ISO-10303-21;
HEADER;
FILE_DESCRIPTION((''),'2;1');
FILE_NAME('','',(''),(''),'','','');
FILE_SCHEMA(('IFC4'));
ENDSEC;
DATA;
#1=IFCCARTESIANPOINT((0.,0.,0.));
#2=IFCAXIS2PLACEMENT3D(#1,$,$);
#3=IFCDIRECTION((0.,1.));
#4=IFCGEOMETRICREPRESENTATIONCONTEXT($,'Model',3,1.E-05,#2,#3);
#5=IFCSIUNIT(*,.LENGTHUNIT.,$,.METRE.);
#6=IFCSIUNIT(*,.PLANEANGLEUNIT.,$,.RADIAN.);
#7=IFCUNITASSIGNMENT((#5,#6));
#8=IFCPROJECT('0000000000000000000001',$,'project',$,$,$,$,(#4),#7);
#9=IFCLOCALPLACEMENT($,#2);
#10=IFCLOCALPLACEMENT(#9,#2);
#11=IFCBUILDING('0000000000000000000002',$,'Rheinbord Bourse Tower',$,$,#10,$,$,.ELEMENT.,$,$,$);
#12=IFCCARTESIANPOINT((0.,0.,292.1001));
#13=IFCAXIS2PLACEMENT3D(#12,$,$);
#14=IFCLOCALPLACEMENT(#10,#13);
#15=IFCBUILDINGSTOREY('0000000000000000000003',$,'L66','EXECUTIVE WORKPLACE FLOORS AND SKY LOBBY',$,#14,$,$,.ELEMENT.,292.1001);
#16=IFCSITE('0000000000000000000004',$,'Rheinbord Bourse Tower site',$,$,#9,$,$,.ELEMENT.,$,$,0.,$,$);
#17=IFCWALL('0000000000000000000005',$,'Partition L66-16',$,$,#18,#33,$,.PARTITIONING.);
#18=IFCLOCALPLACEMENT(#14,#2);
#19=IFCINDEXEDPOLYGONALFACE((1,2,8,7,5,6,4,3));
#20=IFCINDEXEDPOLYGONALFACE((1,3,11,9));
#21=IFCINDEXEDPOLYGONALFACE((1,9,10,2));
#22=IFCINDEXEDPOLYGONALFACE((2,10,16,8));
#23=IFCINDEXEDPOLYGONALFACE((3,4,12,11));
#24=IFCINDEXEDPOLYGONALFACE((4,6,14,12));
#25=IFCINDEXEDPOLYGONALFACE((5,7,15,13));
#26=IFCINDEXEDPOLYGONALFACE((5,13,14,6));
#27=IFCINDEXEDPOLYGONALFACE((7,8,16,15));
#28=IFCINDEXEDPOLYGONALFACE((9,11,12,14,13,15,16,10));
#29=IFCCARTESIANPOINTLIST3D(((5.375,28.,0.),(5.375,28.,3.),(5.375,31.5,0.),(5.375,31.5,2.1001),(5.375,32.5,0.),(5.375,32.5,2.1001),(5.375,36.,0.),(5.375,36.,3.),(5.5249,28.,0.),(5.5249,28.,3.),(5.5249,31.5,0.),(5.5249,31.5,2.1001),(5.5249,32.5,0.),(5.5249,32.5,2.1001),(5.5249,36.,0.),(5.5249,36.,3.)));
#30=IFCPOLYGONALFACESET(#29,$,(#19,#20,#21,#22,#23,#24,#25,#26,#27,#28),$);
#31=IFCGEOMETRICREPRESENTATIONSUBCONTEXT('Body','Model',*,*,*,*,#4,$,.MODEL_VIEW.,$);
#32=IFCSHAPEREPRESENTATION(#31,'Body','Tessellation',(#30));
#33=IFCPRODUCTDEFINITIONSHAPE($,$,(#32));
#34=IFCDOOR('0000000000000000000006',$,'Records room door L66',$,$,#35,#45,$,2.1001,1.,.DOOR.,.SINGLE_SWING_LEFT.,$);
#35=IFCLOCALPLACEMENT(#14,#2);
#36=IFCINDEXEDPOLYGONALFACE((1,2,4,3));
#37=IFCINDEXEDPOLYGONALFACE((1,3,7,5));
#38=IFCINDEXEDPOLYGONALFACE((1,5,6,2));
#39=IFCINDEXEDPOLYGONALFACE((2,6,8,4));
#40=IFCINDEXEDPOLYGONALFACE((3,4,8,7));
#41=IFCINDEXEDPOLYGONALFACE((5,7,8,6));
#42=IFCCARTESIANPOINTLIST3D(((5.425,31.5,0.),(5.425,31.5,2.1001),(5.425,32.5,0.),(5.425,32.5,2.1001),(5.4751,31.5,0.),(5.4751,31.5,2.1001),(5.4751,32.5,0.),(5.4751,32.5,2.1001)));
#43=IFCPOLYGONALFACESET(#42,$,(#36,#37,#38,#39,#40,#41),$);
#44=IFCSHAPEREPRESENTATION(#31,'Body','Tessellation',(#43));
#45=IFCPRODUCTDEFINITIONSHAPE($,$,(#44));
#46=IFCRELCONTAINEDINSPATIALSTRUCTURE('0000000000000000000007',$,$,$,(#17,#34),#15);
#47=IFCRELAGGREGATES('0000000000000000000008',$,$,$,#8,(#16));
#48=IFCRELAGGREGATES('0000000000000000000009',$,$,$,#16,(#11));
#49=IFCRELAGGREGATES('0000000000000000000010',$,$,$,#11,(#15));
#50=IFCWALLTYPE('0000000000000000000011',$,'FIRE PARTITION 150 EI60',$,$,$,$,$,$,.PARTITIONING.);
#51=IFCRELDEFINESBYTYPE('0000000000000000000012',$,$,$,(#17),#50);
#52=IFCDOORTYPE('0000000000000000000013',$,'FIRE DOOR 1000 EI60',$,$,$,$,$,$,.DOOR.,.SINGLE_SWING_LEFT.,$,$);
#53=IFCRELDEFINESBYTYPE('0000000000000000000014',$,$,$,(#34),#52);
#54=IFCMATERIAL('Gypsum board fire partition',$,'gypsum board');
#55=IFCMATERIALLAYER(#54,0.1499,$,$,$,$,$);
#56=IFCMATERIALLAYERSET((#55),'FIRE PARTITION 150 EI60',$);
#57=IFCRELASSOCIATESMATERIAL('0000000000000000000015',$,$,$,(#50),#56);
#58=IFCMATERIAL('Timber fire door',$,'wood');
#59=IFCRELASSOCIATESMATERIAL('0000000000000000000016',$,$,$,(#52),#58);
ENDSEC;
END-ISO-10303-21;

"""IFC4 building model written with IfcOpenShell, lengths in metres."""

from ifc_helpers import new_model, si_unit, direction, frame, frame_2d, origin, place, context, subcontext, project, spatial, rectangle, extrude, material, layer, layer_set, type_object, element, fill, save


model = new_model("IFC4")

# Units and contexts
model_context = context("Model", 3, precision=1e-05, world=origin(), true_north=direction((0.0, 1.0)))
body_context = subcontext(model_context, "Body", "Model", "MODEL_VIEW")
ifc_project = project(units=[si_unit("LENGTHUNIT", "METRE"), si_unit("PLANEANGLEUNIT", "RADIAN")], contexts=[model_context])

# Site, building, storey
site_placement = place(None, origin())
site = spatial("IfcSite", under=ifc_project, at=site_placement, Name="Rheinbord Bourse Tower site", CompositionType="ELEMENT", RefElevation=0.0)
building_placement = place(site_placement, origin())
building = spatial("IfcBuilding", under=site, at=building_placement, Name="Rheinbord Bourse Tower", CompositionType="ELEMENT")
storey_placement = place(building_placement, frame((0.0, 0.0, 292.1001)))
storey = spatial("IfcBuildingStorey", under=building, at=storey_placement, Name="L66", Description="EXECUTIVE WORKPLACE FLOORS AND SKY LOBBY", CompositionType="ELEMENT", Elevation=292.1001)

# Shared definitions
ifc_material_1 = material(Name="Gypsum board fire partition", Category="gypsum board")
ifc_layer_1 = layer(ifc_material_1, 0.1499)
ifc_layer_set_1 = layer_set([ifc_layer_1], Name="FIRE PARTITION 150 EI60")
wall_type = type_object("IfcWallType", Name="FIRE PARTITION 150 EI60", PredefinedType="PARTITIONING", material=ifc_layer_set_1)

# Wall, opening, door
wall_placement = place(storey_placement, frame((5.45, 28.0, 0.0), z_axis=(0.0, 0.0, 1.0), x_axis=(0.0, 1.0, 0.0)))
wall = element("IfcWall", 1, at=wall_placement, inside=storey, type_object=wall_type, Name="Partition L66-16", PredefinedType="PARTITIONING", context=body_context, shape_type="SweptSolid", body=[
    extrude(rectangle(XDim=8.0, YDim=0.1499, at=frame_2d((4.0, 0.0))), origin(), (0.0, 0.0, 1.0), 3.0),
])
opening_placement = place(wall_placement, frame((3.5, 0.0, 0.0)))
opening = element("IfcOpeningElement", 2, at=opening_placement, cuts=wall, PredefinedType="OPENING", context=body_context, shape_type="SweptSolid", body=[
    extrude(rectangle(XDim=1.0, YDim=2.1001, at=frame_2d((0.5, 1.05))), frame((0.0, 0.085, 0.0), z_axis=(0.0, -1.0, 0.0), x_axis=(1.0, 0.0, 0.0)), (0.0, 0.0, 1.0), 0.1699),
])
ifc_material_2 = material(Name="Timber fire door", Category="wood")
door_type = type_object("IfcDoorType", Name="FIRE DOOR 1000 EI60", OperationType="SINGLE_SWING_LEFT", PredefinedType="DOOR", material=ifc_material_2)
door_placement = place(opening_placement, origin())
door = element("IfcDoor", 3, at=door_placement, inside=storey, type_object=door_type, Name="Records room door L66", OperationType="SINGLE_SWING_LEFT", OverallHeight=2.1001, OverallWidth=1.0, PredefinedType="DOOR", context=body_context, shape_type="SweptSolid", body=[
    extrude(rectangle(XDim=1.0, YDim=2.1001, at=frame_2d((0.5, 1.05))), frame((0.0, 0.0249, 0.0), z_axis=(0.0, -1.0, 0.0), x_axis=(1.0, 0.0, 0.0)), (0.0, 0.0, 1.0), 0.05),
])
fill(opening, door)

save(model, "model.ifc")
